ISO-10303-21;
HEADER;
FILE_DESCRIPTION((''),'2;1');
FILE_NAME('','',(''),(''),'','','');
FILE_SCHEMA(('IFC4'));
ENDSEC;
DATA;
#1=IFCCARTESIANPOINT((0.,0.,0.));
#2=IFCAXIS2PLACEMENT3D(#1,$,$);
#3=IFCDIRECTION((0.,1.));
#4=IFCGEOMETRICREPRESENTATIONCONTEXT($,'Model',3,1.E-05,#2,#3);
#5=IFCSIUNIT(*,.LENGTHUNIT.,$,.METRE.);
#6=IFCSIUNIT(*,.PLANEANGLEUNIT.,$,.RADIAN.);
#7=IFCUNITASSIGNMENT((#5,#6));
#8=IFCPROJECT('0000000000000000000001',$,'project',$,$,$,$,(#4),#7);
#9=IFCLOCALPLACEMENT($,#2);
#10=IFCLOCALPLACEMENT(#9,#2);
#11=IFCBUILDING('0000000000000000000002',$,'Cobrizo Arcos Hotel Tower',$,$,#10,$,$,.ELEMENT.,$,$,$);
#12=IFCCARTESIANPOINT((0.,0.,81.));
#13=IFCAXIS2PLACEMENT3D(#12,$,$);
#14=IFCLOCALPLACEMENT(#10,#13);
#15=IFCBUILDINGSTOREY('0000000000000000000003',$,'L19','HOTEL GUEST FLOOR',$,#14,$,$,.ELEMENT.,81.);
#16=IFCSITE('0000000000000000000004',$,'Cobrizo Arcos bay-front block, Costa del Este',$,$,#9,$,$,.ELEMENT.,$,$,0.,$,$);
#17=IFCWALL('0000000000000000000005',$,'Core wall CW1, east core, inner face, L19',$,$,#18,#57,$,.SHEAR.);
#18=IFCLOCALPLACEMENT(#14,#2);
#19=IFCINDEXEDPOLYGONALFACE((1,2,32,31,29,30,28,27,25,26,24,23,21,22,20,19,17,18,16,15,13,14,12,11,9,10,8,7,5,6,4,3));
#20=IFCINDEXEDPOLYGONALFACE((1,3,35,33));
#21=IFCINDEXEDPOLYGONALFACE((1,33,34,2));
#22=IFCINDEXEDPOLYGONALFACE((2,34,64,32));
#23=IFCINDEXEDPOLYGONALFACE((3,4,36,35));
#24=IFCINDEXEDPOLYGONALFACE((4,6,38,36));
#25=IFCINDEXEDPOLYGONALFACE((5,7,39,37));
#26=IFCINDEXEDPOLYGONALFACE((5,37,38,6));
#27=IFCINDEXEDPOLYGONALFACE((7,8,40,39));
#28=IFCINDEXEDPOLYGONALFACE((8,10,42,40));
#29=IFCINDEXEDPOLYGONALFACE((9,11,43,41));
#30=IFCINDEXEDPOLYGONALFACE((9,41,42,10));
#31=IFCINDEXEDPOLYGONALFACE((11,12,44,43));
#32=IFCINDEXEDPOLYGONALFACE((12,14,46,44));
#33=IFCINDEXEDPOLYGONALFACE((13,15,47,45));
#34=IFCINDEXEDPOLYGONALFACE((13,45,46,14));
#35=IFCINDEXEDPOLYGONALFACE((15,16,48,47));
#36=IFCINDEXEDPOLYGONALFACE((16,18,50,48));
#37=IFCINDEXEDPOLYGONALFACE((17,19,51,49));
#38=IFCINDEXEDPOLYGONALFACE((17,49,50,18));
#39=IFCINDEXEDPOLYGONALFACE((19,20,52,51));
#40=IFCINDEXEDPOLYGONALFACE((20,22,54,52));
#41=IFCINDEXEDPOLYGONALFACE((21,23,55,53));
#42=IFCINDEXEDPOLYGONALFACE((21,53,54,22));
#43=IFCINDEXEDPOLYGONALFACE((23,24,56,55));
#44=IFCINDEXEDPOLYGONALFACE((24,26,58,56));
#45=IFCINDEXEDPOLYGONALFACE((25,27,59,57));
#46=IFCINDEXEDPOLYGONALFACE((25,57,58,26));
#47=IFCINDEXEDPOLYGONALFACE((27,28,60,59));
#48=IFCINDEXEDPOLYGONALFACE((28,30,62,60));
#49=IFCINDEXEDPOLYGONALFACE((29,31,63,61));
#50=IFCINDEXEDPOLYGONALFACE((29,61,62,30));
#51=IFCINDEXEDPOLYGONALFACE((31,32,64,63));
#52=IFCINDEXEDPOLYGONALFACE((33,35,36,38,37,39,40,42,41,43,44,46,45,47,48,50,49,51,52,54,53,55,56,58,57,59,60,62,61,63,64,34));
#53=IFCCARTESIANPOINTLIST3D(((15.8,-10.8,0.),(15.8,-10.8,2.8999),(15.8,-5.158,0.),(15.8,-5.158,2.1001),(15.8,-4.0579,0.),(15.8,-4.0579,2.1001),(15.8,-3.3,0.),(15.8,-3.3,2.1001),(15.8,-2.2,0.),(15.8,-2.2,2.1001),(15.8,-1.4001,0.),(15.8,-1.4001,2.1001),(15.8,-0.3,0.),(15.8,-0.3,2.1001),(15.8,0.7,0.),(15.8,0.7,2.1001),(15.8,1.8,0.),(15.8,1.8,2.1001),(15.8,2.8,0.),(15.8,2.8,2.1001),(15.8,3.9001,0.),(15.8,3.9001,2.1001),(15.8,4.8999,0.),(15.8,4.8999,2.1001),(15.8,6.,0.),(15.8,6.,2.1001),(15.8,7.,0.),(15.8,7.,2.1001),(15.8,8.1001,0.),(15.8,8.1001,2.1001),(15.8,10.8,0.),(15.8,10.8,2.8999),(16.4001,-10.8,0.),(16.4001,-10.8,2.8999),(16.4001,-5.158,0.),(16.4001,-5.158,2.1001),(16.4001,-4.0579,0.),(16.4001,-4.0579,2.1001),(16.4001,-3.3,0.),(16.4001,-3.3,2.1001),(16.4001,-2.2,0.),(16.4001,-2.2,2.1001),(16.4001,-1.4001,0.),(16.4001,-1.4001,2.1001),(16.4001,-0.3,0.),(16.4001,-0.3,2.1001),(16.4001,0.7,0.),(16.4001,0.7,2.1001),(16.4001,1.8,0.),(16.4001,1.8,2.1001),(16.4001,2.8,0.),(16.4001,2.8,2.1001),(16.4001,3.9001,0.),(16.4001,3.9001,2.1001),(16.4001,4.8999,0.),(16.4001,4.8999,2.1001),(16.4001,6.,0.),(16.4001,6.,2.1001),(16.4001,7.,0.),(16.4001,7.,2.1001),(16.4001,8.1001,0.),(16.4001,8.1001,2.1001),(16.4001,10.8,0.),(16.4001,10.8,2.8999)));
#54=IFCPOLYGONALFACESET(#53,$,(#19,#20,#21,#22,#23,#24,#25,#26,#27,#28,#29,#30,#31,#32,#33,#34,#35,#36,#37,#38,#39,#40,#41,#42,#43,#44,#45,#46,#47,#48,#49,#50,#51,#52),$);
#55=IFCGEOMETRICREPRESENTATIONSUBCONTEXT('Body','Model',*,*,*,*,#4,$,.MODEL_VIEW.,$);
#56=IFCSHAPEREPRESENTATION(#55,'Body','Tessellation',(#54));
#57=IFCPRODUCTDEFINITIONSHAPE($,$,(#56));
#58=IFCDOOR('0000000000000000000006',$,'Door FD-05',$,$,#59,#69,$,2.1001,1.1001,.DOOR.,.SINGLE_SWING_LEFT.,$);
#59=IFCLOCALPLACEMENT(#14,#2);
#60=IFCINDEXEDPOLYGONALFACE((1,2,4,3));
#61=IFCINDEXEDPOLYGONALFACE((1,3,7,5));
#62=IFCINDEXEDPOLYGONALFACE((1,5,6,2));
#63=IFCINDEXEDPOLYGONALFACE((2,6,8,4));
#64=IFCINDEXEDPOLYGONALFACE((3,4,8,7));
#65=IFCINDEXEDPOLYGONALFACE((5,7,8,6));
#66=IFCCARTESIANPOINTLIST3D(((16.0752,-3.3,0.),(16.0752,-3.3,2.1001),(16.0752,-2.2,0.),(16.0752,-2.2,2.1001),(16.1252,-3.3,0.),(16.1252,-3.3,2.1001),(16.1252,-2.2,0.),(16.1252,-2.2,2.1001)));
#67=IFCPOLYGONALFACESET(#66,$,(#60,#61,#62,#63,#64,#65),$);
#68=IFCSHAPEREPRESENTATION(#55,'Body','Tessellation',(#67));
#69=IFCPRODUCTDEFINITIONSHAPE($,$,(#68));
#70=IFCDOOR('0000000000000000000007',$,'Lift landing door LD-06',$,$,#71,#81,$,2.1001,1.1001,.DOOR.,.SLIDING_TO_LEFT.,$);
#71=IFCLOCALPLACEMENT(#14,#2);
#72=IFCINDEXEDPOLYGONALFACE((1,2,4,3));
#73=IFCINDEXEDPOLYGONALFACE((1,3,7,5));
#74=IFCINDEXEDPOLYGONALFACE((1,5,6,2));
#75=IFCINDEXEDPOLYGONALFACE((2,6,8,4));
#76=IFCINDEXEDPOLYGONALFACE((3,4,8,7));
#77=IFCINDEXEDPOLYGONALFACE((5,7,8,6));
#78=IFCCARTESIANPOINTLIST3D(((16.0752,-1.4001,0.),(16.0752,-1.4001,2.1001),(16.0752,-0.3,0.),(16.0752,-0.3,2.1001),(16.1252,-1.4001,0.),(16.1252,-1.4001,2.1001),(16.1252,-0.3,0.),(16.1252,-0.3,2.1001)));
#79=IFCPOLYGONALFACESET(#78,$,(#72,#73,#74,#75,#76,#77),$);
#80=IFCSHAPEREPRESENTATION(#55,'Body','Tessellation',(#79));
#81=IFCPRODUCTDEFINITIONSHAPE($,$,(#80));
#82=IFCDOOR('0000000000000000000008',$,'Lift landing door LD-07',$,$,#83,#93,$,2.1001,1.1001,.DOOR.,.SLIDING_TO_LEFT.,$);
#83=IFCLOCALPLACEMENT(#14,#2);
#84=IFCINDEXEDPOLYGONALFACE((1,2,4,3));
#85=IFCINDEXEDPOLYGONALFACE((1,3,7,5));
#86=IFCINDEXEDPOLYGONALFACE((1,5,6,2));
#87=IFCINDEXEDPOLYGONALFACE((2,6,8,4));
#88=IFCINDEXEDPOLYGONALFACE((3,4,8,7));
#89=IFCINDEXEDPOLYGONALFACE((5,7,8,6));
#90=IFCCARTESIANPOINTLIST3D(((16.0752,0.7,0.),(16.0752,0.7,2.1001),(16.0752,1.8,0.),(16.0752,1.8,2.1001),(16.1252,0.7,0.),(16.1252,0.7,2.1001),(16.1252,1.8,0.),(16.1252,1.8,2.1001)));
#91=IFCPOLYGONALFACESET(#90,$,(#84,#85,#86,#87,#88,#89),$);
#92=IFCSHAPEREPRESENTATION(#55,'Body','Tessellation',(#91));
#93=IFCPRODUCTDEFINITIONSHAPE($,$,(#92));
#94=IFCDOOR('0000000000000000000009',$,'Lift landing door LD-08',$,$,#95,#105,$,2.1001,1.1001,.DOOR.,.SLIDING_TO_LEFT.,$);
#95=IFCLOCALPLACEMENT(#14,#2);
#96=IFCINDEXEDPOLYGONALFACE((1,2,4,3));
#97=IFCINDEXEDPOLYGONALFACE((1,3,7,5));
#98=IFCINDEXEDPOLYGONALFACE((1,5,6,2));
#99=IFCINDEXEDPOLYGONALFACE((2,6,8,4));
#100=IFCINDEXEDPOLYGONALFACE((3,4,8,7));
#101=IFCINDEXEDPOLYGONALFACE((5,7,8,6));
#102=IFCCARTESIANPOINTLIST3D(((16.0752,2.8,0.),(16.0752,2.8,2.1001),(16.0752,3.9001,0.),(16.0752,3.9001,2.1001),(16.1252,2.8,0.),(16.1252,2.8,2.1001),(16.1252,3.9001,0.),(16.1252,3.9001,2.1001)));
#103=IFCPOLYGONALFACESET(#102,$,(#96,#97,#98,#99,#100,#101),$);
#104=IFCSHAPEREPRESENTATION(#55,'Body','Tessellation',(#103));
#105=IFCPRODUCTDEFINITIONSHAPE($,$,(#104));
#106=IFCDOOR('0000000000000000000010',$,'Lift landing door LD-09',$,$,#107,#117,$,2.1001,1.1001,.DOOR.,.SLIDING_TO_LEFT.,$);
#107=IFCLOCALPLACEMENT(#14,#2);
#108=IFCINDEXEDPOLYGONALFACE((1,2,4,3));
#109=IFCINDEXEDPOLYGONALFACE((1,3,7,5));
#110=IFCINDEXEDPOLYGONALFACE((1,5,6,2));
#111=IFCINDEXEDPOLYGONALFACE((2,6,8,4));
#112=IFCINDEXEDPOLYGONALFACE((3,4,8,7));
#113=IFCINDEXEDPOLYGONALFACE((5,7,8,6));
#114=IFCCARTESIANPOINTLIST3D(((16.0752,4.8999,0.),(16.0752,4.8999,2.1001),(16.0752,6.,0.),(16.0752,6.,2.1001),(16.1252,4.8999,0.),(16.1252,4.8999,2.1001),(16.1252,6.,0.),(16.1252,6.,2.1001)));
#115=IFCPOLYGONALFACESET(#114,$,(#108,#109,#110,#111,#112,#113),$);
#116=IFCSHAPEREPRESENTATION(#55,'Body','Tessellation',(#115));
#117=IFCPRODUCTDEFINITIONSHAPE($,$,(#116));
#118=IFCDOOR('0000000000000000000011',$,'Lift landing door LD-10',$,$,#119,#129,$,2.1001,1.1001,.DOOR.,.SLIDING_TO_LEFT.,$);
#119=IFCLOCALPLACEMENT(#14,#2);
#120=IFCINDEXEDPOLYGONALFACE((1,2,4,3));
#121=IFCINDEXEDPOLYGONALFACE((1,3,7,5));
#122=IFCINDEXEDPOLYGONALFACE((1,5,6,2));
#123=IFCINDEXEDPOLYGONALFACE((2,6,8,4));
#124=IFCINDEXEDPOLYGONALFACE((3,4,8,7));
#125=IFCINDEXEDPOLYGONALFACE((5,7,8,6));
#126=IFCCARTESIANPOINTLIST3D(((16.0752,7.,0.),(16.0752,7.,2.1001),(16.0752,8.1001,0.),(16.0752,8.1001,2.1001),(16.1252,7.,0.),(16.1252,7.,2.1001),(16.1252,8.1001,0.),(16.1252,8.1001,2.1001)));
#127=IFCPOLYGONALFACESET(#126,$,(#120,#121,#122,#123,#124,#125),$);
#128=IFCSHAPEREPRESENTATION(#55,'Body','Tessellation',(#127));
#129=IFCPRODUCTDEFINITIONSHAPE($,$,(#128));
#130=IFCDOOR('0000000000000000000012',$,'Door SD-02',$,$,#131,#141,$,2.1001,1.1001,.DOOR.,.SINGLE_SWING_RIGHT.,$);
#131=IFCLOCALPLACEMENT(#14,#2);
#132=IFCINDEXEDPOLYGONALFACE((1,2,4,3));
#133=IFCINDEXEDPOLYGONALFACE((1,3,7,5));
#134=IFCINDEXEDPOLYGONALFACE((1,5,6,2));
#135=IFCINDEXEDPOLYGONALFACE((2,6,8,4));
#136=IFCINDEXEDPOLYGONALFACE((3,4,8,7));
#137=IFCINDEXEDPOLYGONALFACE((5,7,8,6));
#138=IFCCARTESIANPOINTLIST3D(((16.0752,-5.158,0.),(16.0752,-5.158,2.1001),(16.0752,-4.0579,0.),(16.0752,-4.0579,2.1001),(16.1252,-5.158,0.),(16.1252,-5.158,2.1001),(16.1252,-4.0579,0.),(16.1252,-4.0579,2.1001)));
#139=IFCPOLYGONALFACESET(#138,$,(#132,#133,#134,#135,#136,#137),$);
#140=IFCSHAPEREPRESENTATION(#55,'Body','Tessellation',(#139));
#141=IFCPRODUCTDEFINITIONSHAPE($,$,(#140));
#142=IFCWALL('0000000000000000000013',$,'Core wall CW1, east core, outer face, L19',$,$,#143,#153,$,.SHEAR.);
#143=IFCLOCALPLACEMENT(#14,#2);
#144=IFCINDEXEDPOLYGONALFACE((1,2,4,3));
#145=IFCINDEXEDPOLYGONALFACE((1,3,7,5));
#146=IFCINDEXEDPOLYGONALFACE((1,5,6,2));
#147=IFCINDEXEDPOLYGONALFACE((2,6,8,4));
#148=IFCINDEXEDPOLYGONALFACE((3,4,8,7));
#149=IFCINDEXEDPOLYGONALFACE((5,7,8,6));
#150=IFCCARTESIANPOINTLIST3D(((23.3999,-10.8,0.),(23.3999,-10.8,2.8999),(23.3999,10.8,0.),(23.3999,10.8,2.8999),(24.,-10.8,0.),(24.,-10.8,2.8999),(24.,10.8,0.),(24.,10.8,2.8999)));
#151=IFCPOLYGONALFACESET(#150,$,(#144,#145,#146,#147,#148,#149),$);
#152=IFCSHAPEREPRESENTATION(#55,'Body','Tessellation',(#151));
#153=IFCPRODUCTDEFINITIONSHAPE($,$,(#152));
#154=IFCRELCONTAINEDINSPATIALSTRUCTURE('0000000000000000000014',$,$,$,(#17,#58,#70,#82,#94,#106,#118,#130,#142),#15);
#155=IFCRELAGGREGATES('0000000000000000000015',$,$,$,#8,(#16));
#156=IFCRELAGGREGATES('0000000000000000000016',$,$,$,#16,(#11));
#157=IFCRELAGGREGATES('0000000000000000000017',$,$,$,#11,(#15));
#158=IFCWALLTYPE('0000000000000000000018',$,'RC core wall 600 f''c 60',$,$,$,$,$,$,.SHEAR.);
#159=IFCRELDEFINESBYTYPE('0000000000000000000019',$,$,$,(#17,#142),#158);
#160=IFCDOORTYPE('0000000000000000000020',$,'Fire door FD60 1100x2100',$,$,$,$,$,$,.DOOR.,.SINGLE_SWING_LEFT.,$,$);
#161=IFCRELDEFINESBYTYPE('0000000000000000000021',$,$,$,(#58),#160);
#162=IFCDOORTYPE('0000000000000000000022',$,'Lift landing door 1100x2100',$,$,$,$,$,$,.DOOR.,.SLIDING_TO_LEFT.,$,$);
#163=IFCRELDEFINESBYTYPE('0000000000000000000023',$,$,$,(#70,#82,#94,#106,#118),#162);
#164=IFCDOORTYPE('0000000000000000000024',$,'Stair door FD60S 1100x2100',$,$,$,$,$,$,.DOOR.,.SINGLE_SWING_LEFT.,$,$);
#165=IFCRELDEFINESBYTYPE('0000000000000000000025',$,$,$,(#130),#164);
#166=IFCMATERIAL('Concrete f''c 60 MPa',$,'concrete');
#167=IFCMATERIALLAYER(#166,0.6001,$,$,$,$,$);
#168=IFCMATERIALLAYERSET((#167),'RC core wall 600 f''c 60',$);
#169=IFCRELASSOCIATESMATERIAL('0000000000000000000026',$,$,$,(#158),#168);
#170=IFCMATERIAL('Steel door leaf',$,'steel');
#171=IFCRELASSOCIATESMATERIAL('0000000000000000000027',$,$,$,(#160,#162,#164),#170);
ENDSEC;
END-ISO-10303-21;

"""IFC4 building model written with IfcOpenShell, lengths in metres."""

from ifc_helpers import new_model, si_unit, direction, frame, frame_2d, origin, place, context, subcontext, project, spatial, rectangle, extrude, material, layer, layer_set, type_object, element, fill, save


model = new_model("IFC4")

# Units and contexts
model_context = context("Model", 3, precision=1e-05, world=origin(), true_north=direction((0.0, 1.0)))
body_context = subcontext(model_context, "Body", "Model", "MODEL_VIEW")
ifc_project = project(units=[si_unit("LENGTHUNIT", "METRE"), si_unit("PLANEANGLEUNIT", "RADIAN")], contexts=[model_context])

# Site, building, storey
site_placement = place(None, origin())
site = spatial("IfcSite", under=ifc_project, at=site_placement, Name="Cobrizo Arcos bay-front block, Costa del Este", CompositionType="ELEMENT", RefElevation=0.0)
building_placement = place(site_placement, origin())
building = spatial("IfcBuilding", under=site, at=building_placement, Name="Cobrizo Arcos Hotel Tower", CompositionType="ELEMENT")
storey_placement = place(building_placement, frame((0.0, 0.0, 81.0)))
storey = spatial("IfcBuildingStorey", under=building, at=storey_placement, Name="L19", Description="HOTEL GUEST FLOOR", CompositionType="ELEMENT", Elevation=81.0)

# Wall, openings, doors
ifc_material_1 = material(Name="Concrete f'c 60 MPa", Category="concrete")
ifc_layer_1 = layer(ifc_material_1, 0.6001)
ifc_layer_set_1 = layer_set([ifc_layer_1], Name="RC core wall 600 f'c 60")
wall_type_1 = type_object("IfcWallType", Name="RC core wall 600 f'c 60", PredefinedType="SHEAR", material=ifc_layer_set_1)
wall_1_placement = place(storey_placement, frame((16.1001, -10.8, 0.0), z_axis=(0.0, 0.0, 1.0), x_axis=(0.0, 1.0, 0.0)))
wall_1 = element("IfcWall", 1, at=wall_1_placement, inside=storey, type_object=wall_type_1, Name="Core wall CW1, east core, inner face, L19", PredefinedType="SHEAR", context=body_context, shape_type="SweptSolid", body=[
    extrude(rectangle(XDim=21.6001, YDim=0.6001, at=frame_2d((10.8, 0.0))), origin(), (0.0, 0.0, 1.0), 2.8999),
])
opening_1_placement = place(wall_1_placement, frame((9.3999, 0.0, 0.0)))
opening_1 = element("IfcOpeningElement", 2, at=opening_1_placement, cuts=wall_1, PredefinedType="OPENING", context=body_context, shape_type="SweptSolid", body=[
    extrude(rectangle(XDim=1.1001, YDim=2.1001, at=frame_2d((0.55, 1.05))), frame((0.0, 0.312, 0.0), z_axis=(0.0, -1.0, 0.0), x_axis=(1.0, 0.0, 0.0)), (0.0, 0.0, 1.0), 0.624),
])
opening_2_placement = place(wall_1_placement, frame((11.5, 0.0, 0.0)))
opening_2 = element("IfcOpeningElement", 3, at=opening_2_placement, cuts=wall_1, PredefinedType="OPENING", context=body_context, shape_type="SweptSolid", body=[
    extrude(rectangle(XDim=1.1001, YDim=2.1001, at=frame_2d((0.55, 1.05))), frame((0.0, 0.312, 0.0), z_axis=(0.0, -1.0, 0.0), x_axis=(1.0, 0.0, 0.0)), (0.0, 0.0, 1.0), 0.624),
])
opening_3_placement = place(wall_1_placement, frame((13.6001, 0.0, 0.0)))
opening_3 = element("IfcOpeningElement", 4, at=opening_3_placement, cuts=wall_1, PredefinedType="OPENING", context=body_context, shape_type="SweptSolid", body=[
    extrude(rectangle(XDim=1.1001, YDim=2.1001, at=frame_2d((0.55, 1.05))), frame((0.0, 0.312, 0.0), z_axis=(0.0, -1.0, 0.0), x_axis=(1.0, 0.0, 0.0)), (0.0, 0.0, 1.0), 0.624),
])
opening_4_placement = place(wall_1_placement, frame((15.7, 0.0, 0.0)))
opening_4 = element("IfcOpeningElement", 5, at=opening_4_placement, cuts=wall_1, PredefinedType="OPENING", context=body_context, shape_type="SweptSolid", body=[
    extrude(rectangle(XDim=1.1001, YDim=2.1001, at=frame_2d((0.55, 1.05))), frame((0.0, 0.312, 0.0), z_axis=(0.0, -1.0, 0.0), x_axis=(1.0, 0.0, 0.0)), (0.0, 0.0, 1.0), 0.624),
])
opening_5_placement = place(wall_1_placement, frame((17.8, 0.0, 0.0)))
opening_5 = element("IfcOpeningElement", 6, at=opening_5_placement, cuts=wall_1, PredefinedType="OPENING", context=body_context, shape_type="SweptSolid", body=[
    extrude(rectangle(XDim=1.1001, YDim=2.1001, at=frame_2d((0.55, 1.05))), frame((0.0, 0.312, 0.0), z_axis=(0.0, -1.0, 0.0), x_axis=(1.0, 0.0, 0.0)), (0.0, 0.0, 1.0), 0.624),
])
opening_6_placement = place(wall_1_placement, frame((5.6421, 0.0, 0.0)))
opening_6 = element("IfcOpeningElement", 7, at=opening_6_placement, cuts=wall_1, PredefinedType="OPENING", context=body_context, shape_type="SweptSolid", body=[
    extrude(rectangle(XDim=1.1001, YDim=2.1001, at=frame_2d((0.55, 1.05))), frame((0.0, 0.312, 0.0), z_axis=(0.0, -1.0, 0.0), x_axis=(1.0, 0.0, 0.0)), (0.0, 0.0, 1.0), 0.624),
])
opening_7_placement = place(wall_1_placement, frame((7.5, 0.0, 0.0)))
opening_7 = element("IfcOpeningElement", 8, at=opening_7_placement, cuts=wall_1, PredefinedType="OPENING", context=body_context, shape_type="SweptSolid", body=[
    extrude(rectangle(XDim=1.1001, YDim=2.1001, at=frame_2d((0.55, 1.05))), frame((0.0, 0.312, 0.0), z_axis=(0.0, -1.0, 0.0), x_axis=(1.0, 0.0, 0.0)), (0.0, 0.0, 1.0), 0.624),
])
ifc_material_2 = material(Name="Steel door leaf", Category="steel")
door_type_1 = type_object("IfcDoorType", Name="Fire door FD60 1100x2100", OperationType="SINGLE_SWING_LEFT", PredefinedType="DOOR", material=ifc_material_2)
door_1_placement = place(opening_7_placement, origin())
door_1 = element("IfcDoor", 9, at=door_1_placement, inside=storey, type_object=door_type_1, Name="Door FD-05", OperationType="SINGLE_SWING_LEFT", OverallHeight=2.1001, OverallWidth=1.1001, PredefinedType="DOOR", context=body_context, shape_type="SweptSolid", body=[
    extrude(rectangle(XDim=1.1001, YDim=2.1001, at=frame_2d((0.55, 1.05))), frame((0.0, 0.0249, 0.0), z_axis=(0.0, -1.0, 0.0), x_axis=(1.0, 0.0, 0.0)), (0.0, 0.0, 1.0), 0.05),
])
fill(opening_7, door_1)
door_type_2 = type_object("IfcDoorType", Name="Lift landing door 1100x2100", OperationType="SLIDING_TO_LEFT", PredefinedType="DOOR", material=ifc_material_2)
door_2_placement = place(opening_1_placement, origin())
door_2 = element("IfcDoor", 10, at=door_2_placement, inside=storey, type_object=door_type_2, Name="Lift landing door LD-06", OperationType="SLIDING_TO_LEFT", OverallHeight=2.1001, OverallWidth=1.1001, PredefinedType="DOOR", context=body_context, shape_type="SweptSolid", body=[
    extrude(rectangle(XDim=1.1001, YDim=2.1001, at=frame_2d((0.55, 1.05))), frame((0.0, 0.0249, 0.0), z_axis=(0.0, -1.0, 0.0), x_axis=(1.0, 0.0, 0.0)), (0.0, 0.0, 1.0), 0.05),
])
fill(opening_1, door_2)
door_3_placement = place(opening_2_placement, origin())
door_3 = element("IfcDoor", 11, at=door_3_placement, inside=storey, type_object=door_type_2, Name="Lift landing door LD-07", OperationType="SLIDING_TO_LEFT", OverallHeight=2.1001, OverallWidth=1.1001, PredefinedType="DOOR", context=body_context, shape_type="SweptSolid", body=[
    extrude(rectangle(XDim=1.1001, YDim=2.1001, at=frame_2d((0.55, 1.05))), frame((0.0, 0.0249, 0.0), z_axis=(0.0, -1.0, 0.0), x_axis=(1.0, 0.0, 0.0)), (0.0, 0.0, 1.0), 0.05),
])
fill(opening_2, door_3)
door_4_placement = place(opening_3_placement, origin())
door_4 = element("IfcDoor", 12, at=door_4_placement, inside=storey, type_object=door_type_2, Name="Lift landing door LD-08", OperationType="SLIDING_TO_LEFT", OverallHeight=2.1001, OverallWidth=1.1001, PredefinedType="DOOR", context=body_context, shape_type="SweptSolid", body=[
    extrude(rectangle(XDim=1.1001, YDim=2.1001, at=frame_2d((0.55, 1.05))), frame((0.0, 0.0249, 0.0), z_axis=(0.0, -1.0, 0.0), x_axis=(1.0, 0.0, 0.0)), (0.0, 0.0, 1.0), 0.05),
])
fill(opening_3, door_4)
door_5_placement = place(opening_4_placement, origin())
door_5 = element("IfcDoor", 13, at=door_5_placement, inside=storey, type_object=door_type_2, Name="Lift landing door LD-09", OperationType="SLIDING_TO_LEFT", OverallHeight=2.1001, OverallWidth=1.1001, PredefinedType="DOOR", context=body_context, shape_type="SweptSolid", body=[
    extrude(rectangle(XDim=1.1001, YDim=2.1001, at=frame_2d((0.55, 1.05))), frame((0.0, 0.0249, 0.0), z_axis=(0.0, -1.0, 0.0), x_axis=(1.0, 0.0, 0.0)), (0.0, 0.0, 1.0), 0.05),
])
fill(opening_4, door_5)
door_6_placement = place(opening_5_placement, origin())
door_6 = element("IfcDoor", 14, at=door_6_placement, inside=storey, type_object=door_type_2, Name="Lift landing door LD-10", OperationType="SLIDING_TO_LEFT", OverallHeight=2.1001, OverallWidth=1.1001, PredefinedType="DOOR", context=body_context, shape_type="SweptSolid", body=[
    extrude(rectangle(XDim=1.1001, YDim=2.1001, at=frame_2d((0.55, 1.05))), frame((0.0, 0.0249, 0.0), z_axis=(0.0, -1.0, 0.0), x_axis=(1.0, 0.0, 0.0)), (0.0, 0.0, 1.0), 0.05),
])
fill(opening_5, door_6)
door_type_3 = type_object("IfcDoorType", Name="Stair door FD60S 1100x2100", OperationType="SINGLE_SWING_LEFT", PredefinedType="DOOR", material=ifc_material_2)
door_7_placement = place(opening_6_placement, origin())
door_7 = element("IfcDoor", 15, at=door_7_placement, inside=storey, type_object=door_type_3, Name="Door SD-02", OperationType="SINGLE_SWING_RIGHT", OverallHeight=2.1001, OverallWidth=1.1001, PredefinedType="DOOR", context=body_context, shape_type="SweptSolid", body=[
    extrude(rectangle(XDim=1.1001, YDim=2.1001, at=frame_2d((0.55, 1.05))), frame((0.0, 0.0249, 0.0), z_axis=(0.0, -1.0, 0.0), x_axis=(1.0, 0.0, 0.0)), (0.0, 0.0, 1.0), 0.05),
])
fill(opening_6, door_7)

# Wall
wall_2_placement = place(storey_placement, frame((23.7, -10.8, 0.0), z_axis=(0.0, 0.0, 1.0), x_axis=(0.0, 1.0, 0.0)))
element("IfcWall", 16, at=wall_2_placement, inside=storey, type_object=wall_type_1, Name="Core wall CW1, east core, outer face, L19", PredefinedType="SHEAR", context=body_context, shape_type="SweptSolid", body=[
    extrude(rectangle(XDim=21.6001, YDim=0.6001, at=frame_2d((10.8, 0.0))), origin(), (0.0, 0.0, 1.0), 2.8999),
])

save(model, "model.ifc")
